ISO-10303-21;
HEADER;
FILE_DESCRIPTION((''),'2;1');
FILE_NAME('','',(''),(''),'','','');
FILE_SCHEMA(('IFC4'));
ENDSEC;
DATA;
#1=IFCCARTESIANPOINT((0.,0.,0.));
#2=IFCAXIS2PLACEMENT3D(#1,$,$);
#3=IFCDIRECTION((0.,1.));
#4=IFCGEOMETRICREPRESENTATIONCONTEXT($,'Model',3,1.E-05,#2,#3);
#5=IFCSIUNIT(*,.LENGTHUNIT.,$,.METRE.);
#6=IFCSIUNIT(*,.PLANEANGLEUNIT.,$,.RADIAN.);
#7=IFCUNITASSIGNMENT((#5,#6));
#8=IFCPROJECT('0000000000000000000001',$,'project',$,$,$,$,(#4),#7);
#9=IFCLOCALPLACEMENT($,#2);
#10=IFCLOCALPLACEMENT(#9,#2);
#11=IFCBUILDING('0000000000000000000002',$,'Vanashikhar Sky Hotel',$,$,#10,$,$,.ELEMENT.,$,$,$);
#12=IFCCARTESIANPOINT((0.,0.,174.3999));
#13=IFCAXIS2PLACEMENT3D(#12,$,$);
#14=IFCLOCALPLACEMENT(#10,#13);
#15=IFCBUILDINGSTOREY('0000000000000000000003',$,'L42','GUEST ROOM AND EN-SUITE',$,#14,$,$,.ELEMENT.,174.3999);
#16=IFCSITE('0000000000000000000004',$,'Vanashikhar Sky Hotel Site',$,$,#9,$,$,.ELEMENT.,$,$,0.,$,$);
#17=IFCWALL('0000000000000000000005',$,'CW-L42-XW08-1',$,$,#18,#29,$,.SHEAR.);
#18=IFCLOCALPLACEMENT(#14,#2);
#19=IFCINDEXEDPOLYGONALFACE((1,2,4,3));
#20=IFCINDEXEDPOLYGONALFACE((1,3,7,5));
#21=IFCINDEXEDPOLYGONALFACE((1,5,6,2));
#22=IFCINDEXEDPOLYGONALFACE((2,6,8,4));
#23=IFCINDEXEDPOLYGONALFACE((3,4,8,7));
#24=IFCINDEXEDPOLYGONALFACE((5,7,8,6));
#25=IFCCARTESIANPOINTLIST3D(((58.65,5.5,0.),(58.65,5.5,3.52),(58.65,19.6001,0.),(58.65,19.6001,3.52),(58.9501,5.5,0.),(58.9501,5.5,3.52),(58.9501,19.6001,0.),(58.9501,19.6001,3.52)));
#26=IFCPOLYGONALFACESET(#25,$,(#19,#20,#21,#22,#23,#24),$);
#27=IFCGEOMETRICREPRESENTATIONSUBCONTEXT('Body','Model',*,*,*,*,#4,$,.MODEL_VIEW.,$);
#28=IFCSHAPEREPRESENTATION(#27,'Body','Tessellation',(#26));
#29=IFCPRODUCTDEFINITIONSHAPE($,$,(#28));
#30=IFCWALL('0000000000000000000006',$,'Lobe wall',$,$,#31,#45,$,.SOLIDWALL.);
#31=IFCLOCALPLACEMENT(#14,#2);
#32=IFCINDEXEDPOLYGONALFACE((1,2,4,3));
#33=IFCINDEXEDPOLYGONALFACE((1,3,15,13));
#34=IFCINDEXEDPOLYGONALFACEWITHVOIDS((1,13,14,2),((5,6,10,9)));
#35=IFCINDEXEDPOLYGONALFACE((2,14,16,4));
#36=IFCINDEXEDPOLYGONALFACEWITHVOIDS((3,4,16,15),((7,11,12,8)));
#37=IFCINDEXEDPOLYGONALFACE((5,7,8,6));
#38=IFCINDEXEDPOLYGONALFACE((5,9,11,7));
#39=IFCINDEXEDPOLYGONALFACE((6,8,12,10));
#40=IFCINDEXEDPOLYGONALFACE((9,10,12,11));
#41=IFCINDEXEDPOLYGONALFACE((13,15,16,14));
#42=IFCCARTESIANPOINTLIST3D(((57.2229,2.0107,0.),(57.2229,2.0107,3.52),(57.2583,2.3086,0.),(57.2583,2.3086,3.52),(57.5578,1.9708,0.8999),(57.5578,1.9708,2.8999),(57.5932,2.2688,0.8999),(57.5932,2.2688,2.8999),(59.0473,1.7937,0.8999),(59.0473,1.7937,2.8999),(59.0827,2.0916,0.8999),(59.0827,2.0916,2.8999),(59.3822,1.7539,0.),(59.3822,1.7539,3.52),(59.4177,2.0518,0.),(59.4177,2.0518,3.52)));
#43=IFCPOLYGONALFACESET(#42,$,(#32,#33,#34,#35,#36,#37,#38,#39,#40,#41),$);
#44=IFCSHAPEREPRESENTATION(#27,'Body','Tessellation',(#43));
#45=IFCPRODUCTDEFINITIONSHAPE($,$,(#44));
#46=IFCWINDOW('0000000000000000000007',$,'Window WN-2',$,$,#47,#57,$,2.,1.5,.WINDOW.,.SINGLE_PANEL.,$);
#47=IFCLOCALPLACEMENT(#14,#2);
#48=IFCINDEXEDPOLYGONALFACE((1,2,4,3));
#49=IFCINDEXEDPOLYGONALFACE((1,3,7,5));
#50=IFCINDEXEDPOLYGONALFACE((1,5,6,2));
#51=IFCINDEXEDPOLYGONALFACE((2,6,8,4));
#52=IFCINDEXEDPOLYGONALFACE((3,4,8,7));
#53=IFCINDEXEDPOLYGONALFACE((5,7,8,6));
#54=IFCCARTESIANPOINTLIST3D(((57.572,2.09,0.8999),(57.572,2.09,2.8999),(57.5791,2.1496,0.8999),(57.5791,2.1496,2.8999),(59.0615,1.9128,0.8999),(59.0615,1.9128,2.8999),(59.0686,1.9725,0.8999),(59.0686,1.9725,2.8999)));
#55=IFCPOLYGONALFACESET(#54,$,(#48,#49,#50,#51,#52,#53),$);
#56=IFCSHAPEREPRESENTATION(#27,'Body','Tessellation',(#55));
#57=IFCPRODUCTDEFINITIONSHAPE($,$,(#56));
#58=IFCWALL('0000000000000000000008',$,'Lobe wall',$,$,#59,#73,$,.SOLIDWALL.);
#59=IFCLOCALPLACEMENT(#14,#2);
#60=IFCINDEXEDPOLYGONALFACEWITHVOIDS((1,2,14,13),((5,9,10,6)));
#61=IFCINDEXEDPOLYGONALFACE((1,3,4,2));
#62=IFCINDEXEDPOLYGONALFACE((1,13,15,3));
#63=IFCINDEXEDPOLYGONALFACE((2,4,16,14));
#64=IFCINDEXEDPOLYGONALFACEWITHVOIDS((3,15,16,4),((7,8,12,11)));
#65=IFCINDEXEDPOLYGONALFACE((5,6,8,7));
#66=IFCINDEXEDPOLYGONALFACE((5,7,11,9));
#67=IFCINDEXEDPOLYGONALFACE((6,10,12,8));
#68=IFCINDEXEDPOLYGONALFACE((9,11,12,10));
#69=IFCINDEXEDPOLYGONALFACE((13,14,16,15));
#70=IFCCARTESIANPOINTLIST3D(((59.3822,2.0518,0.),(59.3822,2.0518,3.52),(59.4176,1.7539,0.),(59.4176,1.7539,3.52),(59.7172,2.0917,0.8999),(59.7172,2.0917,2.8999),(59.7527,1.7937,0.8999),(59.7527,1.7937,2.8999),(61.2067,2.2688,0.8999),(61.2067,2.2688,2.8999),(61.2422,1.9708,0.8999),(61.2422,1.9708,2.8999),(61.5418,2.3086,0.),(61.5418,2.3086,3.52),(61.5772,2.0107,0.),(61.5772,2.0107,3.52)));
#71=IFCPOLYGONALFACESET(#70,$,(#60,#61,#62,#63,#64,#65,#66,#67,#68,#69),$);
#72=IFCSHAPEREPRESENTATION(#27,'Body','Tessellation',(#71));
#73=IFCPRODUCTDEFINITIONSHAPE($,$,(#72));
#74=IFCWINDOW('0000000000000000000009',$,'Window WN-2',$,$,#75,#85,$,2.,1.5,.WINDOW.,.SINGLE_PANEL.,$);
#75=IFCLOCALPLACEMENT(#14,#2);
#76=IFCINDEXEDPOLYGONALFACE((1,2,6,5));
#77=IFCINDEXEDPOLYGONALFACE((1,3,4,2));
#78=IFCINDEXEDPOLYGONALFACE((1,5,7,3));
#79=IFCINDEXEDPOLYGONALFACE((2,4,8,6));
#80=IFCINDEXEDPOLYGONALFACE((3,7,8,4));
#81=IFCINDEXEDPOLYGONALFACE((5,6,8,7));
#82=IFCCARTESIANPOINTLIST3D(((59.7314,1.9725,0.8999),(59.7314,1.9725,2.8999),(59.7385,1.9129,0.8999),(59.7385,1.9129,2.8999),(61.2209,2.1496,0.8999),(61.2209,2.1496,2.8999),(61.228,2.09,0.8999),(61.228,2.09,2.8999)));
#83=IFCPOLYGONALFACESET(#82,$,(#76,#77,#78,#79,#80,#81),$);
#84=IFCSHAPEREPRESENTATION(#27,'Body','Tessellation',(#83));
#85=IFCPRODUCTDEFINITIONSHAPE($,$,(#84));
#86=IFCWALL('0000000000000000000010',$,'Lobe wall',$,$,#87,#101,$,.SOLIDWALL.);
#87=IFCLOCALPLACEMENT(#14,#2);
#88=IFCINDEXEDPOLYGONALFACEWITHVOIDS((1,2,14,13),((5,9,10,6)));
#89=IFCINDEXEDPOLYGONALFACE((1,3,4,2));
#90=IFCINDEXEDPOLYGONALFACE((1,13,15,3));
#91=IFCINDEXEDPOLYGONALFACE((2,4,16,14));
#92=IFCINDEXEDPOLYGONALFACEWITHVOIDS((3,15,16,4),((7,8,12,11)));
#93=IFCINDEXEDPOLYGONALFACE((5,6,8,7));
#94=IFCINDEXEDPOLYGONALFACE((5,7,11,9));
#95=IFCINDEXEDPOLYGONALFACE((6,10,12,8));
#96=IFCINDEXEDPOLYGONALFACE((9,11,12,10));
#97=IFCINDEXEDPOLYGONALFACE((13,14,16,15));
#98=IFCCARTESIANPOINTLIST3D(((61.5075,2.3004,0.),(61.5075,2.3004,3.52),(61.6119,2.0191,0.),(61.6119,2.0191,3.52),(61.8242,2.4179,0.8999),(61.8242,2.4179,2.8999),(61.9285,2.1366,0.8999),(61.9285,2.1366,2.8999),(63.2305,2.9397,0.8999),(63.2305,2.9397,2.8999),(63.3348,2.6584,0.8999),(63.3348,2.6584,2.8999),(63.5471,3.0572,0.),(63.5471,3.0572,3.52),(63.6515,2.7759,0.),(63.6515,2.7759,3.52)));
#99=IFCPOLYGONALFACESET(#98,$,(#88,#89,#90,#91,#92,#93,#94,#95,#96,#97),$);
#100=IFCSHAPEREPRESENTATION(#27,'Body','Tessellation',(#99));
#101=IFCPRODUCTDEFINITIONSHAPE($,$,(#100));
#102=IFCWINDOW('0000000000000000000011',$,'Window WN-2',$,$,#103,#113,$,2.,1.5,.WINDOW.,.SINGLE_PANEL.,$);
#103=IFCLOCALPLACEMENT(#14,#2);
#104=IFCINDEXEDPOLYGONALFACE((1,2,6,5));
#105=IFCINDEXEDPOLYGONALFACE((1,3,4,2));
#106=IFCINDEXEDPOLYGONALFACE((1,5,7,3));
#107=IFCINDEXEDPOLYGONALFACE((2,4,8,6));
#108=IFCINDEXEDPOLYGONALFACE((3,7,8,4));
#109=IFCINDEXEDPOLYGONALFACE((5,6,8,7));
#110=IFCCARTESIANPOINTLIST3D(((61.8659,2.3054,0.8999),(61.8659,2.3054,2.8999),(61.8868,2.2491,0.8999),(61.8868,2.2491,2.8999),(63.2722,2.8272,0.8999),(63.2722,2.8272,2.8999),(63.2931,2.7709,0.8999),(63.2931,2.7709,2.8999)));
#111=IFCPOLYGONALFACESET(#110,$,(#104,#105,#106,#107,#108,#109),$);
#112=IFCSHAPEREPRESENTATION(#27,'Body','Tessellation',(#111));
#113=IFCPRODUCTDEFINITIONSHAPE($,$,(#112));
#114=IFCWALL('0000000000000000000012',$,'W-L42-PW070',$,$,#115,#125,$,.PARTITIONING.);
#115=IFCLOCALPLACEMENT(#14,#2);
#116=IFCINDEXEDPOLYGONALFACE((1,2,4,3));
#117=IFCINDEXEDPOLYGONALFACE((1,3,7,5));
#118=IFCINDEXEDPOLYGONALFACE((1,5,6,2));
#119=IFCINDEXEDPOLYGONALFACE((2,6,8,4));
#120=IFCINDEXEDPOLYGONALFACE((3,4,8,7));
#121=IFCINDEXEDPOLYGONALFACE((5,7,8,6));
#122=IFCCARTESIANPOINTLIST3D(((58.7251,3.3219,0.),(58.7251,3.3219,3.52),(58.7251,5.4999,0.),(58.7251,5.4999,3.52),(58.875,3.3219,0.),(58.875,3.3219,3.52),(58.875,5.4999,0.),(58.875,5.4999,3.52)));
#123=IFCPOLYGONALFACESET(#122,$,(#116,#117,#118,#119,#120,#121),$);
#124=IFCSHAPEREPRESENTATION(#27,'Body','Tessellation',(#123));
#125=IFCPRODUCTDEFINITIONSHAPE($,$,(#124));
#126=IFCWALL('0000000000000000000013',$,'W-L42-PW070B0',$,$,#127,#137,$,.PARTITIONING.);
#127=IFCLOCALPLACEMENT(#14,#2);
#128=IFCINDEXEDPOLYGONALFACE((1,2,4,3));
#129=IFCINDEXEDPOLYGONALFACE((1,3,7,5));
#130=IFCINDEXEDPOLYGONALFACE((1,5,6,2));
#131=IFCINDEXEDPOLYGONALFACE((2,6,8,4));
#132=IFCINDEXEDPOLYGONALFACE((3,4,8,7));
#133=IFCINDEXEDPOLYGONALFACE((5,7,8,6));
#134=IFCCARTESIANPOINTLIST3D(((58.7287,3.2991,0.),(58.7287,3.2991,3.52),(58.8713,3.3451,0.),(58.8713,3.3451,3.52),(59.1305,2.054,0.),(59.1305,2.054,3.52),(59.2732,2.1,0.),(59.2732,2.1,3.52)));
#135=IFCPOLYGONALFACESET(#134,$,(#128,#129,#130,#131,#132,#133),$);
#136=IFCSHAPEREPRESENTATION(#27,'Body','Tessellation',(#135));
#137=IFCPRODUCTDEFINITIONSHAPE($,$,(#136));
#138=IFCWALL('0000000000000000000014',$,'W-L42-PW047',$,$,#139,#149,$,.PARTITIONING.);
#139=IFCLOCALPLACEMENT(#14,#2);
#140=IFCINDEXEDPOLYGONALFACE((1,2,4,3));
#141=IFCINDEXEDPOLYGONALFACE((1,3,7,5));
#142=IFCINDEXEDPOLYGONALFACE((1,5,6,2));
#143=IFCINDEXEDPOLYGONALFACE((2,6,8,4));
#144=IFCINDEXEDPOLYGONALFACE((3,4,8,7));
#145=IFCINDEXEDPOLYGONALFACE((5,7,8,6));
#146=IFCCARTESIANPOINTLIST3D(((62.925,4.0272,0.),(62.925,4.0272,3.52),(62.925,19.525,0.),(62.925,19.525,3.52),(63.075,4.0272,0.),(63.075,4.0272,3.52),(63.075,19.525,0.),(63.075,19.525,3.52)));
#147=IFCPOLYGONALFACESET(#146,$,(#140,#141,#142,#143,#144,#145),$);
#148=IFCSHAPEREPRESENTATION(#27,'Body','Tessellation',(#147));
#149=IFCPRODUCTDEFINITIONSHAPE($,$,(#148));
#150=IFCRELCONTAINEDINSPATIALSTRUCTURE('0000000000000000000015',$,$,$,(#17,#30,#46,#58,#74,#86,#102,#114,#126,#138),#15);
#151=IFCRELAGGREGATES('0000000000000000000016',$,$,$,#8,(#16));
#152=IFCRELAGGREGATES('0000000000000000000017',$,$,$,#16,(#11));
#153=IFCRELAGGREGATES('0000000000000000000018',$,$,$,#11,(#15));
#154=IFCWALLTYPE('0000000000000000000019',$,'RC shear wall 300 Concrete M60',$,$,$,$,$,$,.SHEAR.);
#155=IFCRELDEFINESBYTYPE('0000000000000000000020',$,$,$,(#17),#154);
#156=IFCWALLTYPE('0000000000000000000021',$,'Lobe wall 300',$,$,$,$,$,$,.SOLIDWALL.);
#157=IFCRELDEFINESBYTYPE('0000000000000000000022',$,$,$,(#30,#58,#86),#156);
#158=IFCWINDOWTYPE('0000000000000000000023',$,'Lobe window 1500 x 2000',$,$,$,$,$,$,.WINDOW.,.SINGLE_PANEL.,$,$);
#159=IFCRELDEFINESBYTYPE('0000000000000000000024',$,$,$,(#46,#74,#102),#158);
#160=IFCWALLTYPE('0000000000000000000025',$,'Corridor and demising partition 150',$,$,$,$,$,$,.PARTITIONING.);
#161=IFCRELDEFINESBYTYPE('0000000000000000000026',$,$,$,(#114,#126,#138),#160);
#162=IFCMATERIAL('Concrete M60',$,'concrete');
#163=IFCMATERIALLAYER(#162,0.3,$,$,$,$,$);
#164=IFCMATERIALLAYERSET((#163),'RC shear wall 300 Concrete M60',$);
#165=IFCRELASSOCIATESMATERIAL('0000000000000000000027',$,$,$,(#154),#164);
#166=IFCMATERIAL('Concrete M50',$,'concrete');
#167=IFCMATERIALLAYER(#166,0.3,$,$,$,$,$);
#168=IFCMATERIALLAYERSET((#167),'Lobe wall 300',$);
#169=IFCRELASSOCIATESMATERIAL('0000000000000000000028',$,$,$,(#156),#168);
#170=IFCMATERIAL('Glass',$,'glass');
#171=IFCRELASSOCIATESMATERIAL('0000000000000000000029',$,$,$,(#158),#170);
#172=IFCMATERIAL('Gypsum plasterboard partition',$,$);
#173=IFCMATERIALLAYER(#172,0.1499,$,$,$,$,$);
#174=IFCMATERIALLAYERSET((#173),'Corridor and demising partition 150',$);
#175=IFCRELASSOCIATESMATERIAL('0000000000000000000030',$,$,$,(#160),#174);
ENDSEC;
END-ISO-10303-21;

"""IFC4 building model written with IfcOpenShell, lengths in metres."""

from ifc_helpers import new_model, si_unit, direction, frame, frame_2d, origin, place, context, subcontext, project, spatial, rectangle, extrude, source, transform, mapped, material, layer, layer_set, type_object, element, fill, save


model = new_model("IFC4")

# Units and contexts
model_context = context("Model", 3, precision=1e-05, world=origin(), true_north=direction((0.0, 1.0)))
body_context = subcontext(model_context, "Body", "Model", "MODEL_VIEW")
ifc_project = project(units=[si_unit("LENGTHUNIT", "METRE"), si_unit("PLANEANGLEUNIT", "RADIAN")], contexts=[model_context])

# Site, building, storey
site_placement = place(None, origin())
site = spatial("IfcSite", under=ifc_project, at=site_placement, Name="Vanashikhar Sky Hotel Site", CompositionType="ELEMENT", RefElevation=0.0)
building_placement = place(site_placement, origin())
building = spatial("IfcBuilding", under=site, at=building_placement, Name="Vanashikhar Sky Hotel", CompositionType="ELEMENT")
storey_placement = place(building_placement, frame((0.0, 0.0, 174.3999)))
storey = spatial("IfcBuildingStorey", under=building, at=storey_placement, Name="L42", Description="GUEST ROOM AND EN-SUITE", CompositionType="ELEMENT", Elevation=174.3999)

# Wall
ifc_material_1 = material(Name="Concrete M60", Category="concrete")
ifc_layer_1 = layer(ifc_material_1, 0.3)
ifc_layer_set_1 = layer_set([ifc_layer_1], Name="RC shear wall 300 Concrete M60")
wall_type_1 = type_object("IfcWallType", Name="RC shear wall 300 Concrete M60", PredefinedType="SHEAR", material=ifc_layer_set_1)
shared_shape_1 = source(origin(), body_context, "Body", "SweptSolid", [
    extrude(rectangle(XDim=14.1001, YDim=0.3, at=frame_2d((7.05, 0.0))), origin(), (0.0, 0.0, 1.0), 3.52),
])
wall_1_placement = place(storey_placement, frame((58.8, 5.5, 0.0), z_axis=(0.0, 0.0, 1.0), x_axis=(0.0, 1.0, 0.0)))
element("IfcWall", 1, at=wall_1_placement, inside=storey, type_object=wall_type_1, Name="CW-L42-XW08-1", PredefinedType="SHEAR", context=body_context, shape_type="MappedRepresentation", body=[
    mapped(shared_shape_1, transform((0.0, 0.0, 0.0), scale=1.0)),
])

# Walls, openings, windows
ifc_material_2 = material(Name="Concrete M50", Category="concrete")
ifc_layer_2 = layer(ifc_material_2, 0.3)
ifc_layer_set_2 = layer_set([ifc_layer_2], Name="Lobe wall 300")
wall_type_2 = type_object("IfcWallType", Name="Lobe wall 300", PredefinedType="SOLIDWALL", material=ifc_layer_set_2)
shared_shape_2 = source(origin(), body_context, "Body", "SweptSolid", [
    extrude(rectangle(XDim=2.1746, YDim=0.3, at=frame_2d((1.0874, 0.0))), origin(), (0.0, 0.0, 1.0), 3.52),
])
wall_2_placement = place(storey_placement, frame((57.2405, 2.1597, 0.0), z_axis=(0.0, 0.0, 1.0), x_axis=(0.993001, -0.118105, 0.0)))
wall_2 = element("IfcWall", 2, at=wall_2_placement, inside=storey, type_object=wall_type_2, Name="Lobe wall", PredefinedType="SOLIDWALL", context=body_context, shape_type="MappedRepresentation", body=[
    mapped(shared_shape_2, transform((0.0, 0.0, 0.0), scale=1.0)),
])
shared_shape_3 = source(origin(), body_context, "Body", "SweptSolid", [
    extrude(rectangle(XDim=1.5, YDim=2.0, at=frame_2d((0.75, 1.0))), frame((0.0, 0.1602, 0.0), z_axis=(0.0, -1.0, 0.0), x_axis=(1.0, 0.0, 0.0)), (0.0, 0.0, 1.0), 0.3201),
])
opening_1_placement = place(wall_2_placement, frame((0.3374, 0.0, 0.8999)))
opening_1 = element("IfcOpeningElement", 3, at=opening_1_placement, cuts=wall_2, PredefinedType="OPENING", context=body_context, shape_type="MappedRepresentation", body=[
    mapped(shared_shape_3, transform((0.0, 0.0, 0.0), scale=1.0)),
])
ifc_material_3 = material(Name="Glass", Category="glass")
window_type = type_object("IfcWindowType", Name="Lobe window 1500 x 2000", PartitioningType="SINGLE_PANEL", PredefinedType="WINDOW", material=ifc_material_3)
shared_shape_4 = source(origin(), body_context, "Body", "SweptSolid", [
    extrude(rectangle(XDim=1.5, YDim=2.0, at=frame_2d((0.75, 1.0))), frame((0.0, 0.03, 0.0), z_axis=(0.0, -1.0, 0.0), x_axis=(1.0, 0.0, 0.0)), (0.0, 0.0, 1.0), 0.0601),
])
window_1_placement = place(opening_1_placement, origin())
window_1 = element("IfcWindow", 4, at=window_1_placement, inside=storey, type_object=window_type, Name="Window WN-2", OverallHeight=2.0, OverallWidth=1.5, PartitioningType="SINGLE_PANEL", PredefinedType="WINDOW", context=body_context, shape_type="MappedRepresentation", body=[
    mapped(shared_shape_4, transform((0.0, 0.0, 0.0), scale=1.0)),
])
fill(opening_1, window_1)
shared_shape_5 = source(origin(), body_context, "Body", "SweptSolid", [
    extrude(rectangle(XDim=2.1748, YDim=0.3, at=frame_2d((1.0874, 0.0))), origin(), (0.0, 0.0, 1.0), 3.52),
])
wall_3_placement = place(storey_placement, frame((59.3999, 1.9028, 0.0), z_axis=(0.0, 0.0, 1.0), x_axis=(0.993003, 0.118092, 0.0)))
wall_3 = element("IfcWall", 5, at=wall_3_placement, inside=storey, type_object=wall_type_2, Name="Lobe wall", PredefinedType="SOLIDWALL", context=body_context, shape_type="MappedRepresentation", body=[
    mapped(shared_shape_5, transform((0.0, 0.0, 0.0), scale=1.0)),
])
opening_2_placement = place(wall_3_placement, frame((0.3374, 0.0, 0.8999)))
opening_2 = element("IfcOpeningElement", 6, at=opening_2_placement, cuts=wall_3, PredefinedType="OPENING", context=body_context, shape_type="MappedRepresentation", body=[
    mapped(shared_shape_3, transform((0.0, 0.0, 0.0), scale=1.0)),
])
window_2_placement = place(opening_2_placement, origin())
window_2 = element("IfcWindow", 7, at=window_2_placement, inside=storey, type_object=window_type, Name="Window WN-2", OverallHeight=2.0, OverallWidth=1.5, PartitioningType="SINGLE_PANEL", PredefinedType="WINDOW", context=body_context, shape_type="MappedRepresentation", body=[
    mapped(shared_shape_4, transform((0.0, 0.0, 0.0), scale=1.0)),
])
fill(opening_2, window_2)
shared_shape_6 = source(origin(), body_context, "Body", "SweptSolid", [
    extrude(rectangle(XDim=2.1755, YDim=0.3, at=frame_2d((1.0879, 0.0))), origin(), (0.0, 0.0, 1.0), 3.52),
])
wall_4_placement = place(storey_placement, frame((61.5596, 2.1597, 0.0), z_axis=(0.0, 0.0, 1.0), x_axis=(0.937532, 0.347899, 0.0)))
wall_4 = element("IfcWall", 8, at=wall_4_placement, inside=storey, type_object=wall_type_2, Name="Lobe wall", PredefinedType="SOLIDWALL", context=body_context, shape_type="MappedRepresentation", body=[
    mapped(shared_shape_6, transform((0.0, 0.0, 0.0), scale=1.0)),
])
opening_3_placement = place(wall_4_placement, frame((0.3379, 0.0, 0.8999)))
opening_3 = element("IfcOpeningElement", 9, at=opening_3_placement, cuts=wall_4, PredefinedType="OPENING", context=body_context, shape_type="MappedRepresentation", body=[
    mapped(shared_shape_3, transform((0.0, 0.0, 0.0), scale=1.0)),
])
window_3_placement = place(opening_3_placement, origin())
window_3 = element("IfcWindow", 10, at=window_3_placement, inside=storey, type_object=window_type, Name="Window WN-2", OverallHeight=2.0, OverallWidth=1.5, PartitioningType="SINGLE_PANEL", PredefinedType="WINDOW", context=body_context, shape_type="MappedRepresentation", body=[
    mapped(shared_shape_4, transform((0.0, 0.0, 0.0), scale=1.0)),
])
fill(opening_3, window_3)

# Walls
ifc_material_4 = material(Name="Gypsum plasterboard partition")
ifc_layer_3 = layer(ifc_material_4, 0.1499)
ifc_layer_set_3 = layer_set([ifc_layer_3], Name="Corridor and demising partition 150")
wall_type_3 = type_object("IfcWallType", Name="Corridor and demising partition 150", PredefinedType="PARTITIONING", material=ifc_layer_set_3)
shared_shape_7 = source(origin(), body_context, "Body", "SweptSolid", [
    extrude(rectangle(XDim=2.178, YDim=0.1499, at=frame_2d((1.0889, 0.0))), origin(), (0.0, 0.0, 1.0), 3.52),
])
wall_5_placement = place(storey_placement, frame((58.8, 3.322, 0.0), z_axis=(0.0, 0.0, 1.0), x_axis=(0.0, 1.0, 0.0)))
element("IfcWall", 11, at=wall_5_placement, inside=storey, type_object=wall_type_3, Name="W-L42-PW070", PredefinedType="PARTITIONING", context=body_context, shape_type="MappedRepresentation", body=[
    mapped(shared_shape_7, transform((0.0, 0.0, 0.0), scale=1.0)),
])
shared_shape_8 = source(origin(), body_context, "Body", "SweptSolid", [
    extrude(rectangle(XDim=1.3083, YDim=0.1499, at=frame_2d((0.6543, 0.0))), origin(), (0.0, 0.0, 1.0), 3.52),
])
wall_6_placement = place(storey_placement, frame((59.2019, 2.0769, 0.0), z_axis=(0.0, 0.0, 1.0), x_axis=(-0.307145, 0.951663, 0.0)))
element("IfcWall", 12, at=wall_6_placement, inside=storey, type_object=wall_type_3, Name="W-L42-PW070B0", PredefinedType="PARTITIONING", context=body_context, shape_type="MappedRepresentation", body=[
    mapped(shared_shape_8, transform((0.0, 0.0, 0.0), scale=1.0)),
])
shared_shape_9 = source(origin(), body_context, "Body", "SweptSolid", [
    extrude(rectangle(XDim=15.4978, YDim=0.1499, at=frame_2d((7.749, 0.0))), origin(), (0.0, 0.0, 1.0), 3.52),
])
wall_7_placement = place(storey_placement, frame((63.0, 4.0271, 0.0), z_axis=(0.0, 0.0, 1.0), x_axis=(0.0, 1.0, 0.0)))
element("IfcWall", 13, at=wall_7_placement, inside=storey, type_object=wall_type_3, Name="W-L42-PW047", PredefinedType="PARTITIONING", context=body_context, shape_type="MappedRepresentation", body=[
    mapped(shared_shape_9, transform((0.0, 0.0, 0.0), scale=1.0)),
])

save(model, "model.ifc")
